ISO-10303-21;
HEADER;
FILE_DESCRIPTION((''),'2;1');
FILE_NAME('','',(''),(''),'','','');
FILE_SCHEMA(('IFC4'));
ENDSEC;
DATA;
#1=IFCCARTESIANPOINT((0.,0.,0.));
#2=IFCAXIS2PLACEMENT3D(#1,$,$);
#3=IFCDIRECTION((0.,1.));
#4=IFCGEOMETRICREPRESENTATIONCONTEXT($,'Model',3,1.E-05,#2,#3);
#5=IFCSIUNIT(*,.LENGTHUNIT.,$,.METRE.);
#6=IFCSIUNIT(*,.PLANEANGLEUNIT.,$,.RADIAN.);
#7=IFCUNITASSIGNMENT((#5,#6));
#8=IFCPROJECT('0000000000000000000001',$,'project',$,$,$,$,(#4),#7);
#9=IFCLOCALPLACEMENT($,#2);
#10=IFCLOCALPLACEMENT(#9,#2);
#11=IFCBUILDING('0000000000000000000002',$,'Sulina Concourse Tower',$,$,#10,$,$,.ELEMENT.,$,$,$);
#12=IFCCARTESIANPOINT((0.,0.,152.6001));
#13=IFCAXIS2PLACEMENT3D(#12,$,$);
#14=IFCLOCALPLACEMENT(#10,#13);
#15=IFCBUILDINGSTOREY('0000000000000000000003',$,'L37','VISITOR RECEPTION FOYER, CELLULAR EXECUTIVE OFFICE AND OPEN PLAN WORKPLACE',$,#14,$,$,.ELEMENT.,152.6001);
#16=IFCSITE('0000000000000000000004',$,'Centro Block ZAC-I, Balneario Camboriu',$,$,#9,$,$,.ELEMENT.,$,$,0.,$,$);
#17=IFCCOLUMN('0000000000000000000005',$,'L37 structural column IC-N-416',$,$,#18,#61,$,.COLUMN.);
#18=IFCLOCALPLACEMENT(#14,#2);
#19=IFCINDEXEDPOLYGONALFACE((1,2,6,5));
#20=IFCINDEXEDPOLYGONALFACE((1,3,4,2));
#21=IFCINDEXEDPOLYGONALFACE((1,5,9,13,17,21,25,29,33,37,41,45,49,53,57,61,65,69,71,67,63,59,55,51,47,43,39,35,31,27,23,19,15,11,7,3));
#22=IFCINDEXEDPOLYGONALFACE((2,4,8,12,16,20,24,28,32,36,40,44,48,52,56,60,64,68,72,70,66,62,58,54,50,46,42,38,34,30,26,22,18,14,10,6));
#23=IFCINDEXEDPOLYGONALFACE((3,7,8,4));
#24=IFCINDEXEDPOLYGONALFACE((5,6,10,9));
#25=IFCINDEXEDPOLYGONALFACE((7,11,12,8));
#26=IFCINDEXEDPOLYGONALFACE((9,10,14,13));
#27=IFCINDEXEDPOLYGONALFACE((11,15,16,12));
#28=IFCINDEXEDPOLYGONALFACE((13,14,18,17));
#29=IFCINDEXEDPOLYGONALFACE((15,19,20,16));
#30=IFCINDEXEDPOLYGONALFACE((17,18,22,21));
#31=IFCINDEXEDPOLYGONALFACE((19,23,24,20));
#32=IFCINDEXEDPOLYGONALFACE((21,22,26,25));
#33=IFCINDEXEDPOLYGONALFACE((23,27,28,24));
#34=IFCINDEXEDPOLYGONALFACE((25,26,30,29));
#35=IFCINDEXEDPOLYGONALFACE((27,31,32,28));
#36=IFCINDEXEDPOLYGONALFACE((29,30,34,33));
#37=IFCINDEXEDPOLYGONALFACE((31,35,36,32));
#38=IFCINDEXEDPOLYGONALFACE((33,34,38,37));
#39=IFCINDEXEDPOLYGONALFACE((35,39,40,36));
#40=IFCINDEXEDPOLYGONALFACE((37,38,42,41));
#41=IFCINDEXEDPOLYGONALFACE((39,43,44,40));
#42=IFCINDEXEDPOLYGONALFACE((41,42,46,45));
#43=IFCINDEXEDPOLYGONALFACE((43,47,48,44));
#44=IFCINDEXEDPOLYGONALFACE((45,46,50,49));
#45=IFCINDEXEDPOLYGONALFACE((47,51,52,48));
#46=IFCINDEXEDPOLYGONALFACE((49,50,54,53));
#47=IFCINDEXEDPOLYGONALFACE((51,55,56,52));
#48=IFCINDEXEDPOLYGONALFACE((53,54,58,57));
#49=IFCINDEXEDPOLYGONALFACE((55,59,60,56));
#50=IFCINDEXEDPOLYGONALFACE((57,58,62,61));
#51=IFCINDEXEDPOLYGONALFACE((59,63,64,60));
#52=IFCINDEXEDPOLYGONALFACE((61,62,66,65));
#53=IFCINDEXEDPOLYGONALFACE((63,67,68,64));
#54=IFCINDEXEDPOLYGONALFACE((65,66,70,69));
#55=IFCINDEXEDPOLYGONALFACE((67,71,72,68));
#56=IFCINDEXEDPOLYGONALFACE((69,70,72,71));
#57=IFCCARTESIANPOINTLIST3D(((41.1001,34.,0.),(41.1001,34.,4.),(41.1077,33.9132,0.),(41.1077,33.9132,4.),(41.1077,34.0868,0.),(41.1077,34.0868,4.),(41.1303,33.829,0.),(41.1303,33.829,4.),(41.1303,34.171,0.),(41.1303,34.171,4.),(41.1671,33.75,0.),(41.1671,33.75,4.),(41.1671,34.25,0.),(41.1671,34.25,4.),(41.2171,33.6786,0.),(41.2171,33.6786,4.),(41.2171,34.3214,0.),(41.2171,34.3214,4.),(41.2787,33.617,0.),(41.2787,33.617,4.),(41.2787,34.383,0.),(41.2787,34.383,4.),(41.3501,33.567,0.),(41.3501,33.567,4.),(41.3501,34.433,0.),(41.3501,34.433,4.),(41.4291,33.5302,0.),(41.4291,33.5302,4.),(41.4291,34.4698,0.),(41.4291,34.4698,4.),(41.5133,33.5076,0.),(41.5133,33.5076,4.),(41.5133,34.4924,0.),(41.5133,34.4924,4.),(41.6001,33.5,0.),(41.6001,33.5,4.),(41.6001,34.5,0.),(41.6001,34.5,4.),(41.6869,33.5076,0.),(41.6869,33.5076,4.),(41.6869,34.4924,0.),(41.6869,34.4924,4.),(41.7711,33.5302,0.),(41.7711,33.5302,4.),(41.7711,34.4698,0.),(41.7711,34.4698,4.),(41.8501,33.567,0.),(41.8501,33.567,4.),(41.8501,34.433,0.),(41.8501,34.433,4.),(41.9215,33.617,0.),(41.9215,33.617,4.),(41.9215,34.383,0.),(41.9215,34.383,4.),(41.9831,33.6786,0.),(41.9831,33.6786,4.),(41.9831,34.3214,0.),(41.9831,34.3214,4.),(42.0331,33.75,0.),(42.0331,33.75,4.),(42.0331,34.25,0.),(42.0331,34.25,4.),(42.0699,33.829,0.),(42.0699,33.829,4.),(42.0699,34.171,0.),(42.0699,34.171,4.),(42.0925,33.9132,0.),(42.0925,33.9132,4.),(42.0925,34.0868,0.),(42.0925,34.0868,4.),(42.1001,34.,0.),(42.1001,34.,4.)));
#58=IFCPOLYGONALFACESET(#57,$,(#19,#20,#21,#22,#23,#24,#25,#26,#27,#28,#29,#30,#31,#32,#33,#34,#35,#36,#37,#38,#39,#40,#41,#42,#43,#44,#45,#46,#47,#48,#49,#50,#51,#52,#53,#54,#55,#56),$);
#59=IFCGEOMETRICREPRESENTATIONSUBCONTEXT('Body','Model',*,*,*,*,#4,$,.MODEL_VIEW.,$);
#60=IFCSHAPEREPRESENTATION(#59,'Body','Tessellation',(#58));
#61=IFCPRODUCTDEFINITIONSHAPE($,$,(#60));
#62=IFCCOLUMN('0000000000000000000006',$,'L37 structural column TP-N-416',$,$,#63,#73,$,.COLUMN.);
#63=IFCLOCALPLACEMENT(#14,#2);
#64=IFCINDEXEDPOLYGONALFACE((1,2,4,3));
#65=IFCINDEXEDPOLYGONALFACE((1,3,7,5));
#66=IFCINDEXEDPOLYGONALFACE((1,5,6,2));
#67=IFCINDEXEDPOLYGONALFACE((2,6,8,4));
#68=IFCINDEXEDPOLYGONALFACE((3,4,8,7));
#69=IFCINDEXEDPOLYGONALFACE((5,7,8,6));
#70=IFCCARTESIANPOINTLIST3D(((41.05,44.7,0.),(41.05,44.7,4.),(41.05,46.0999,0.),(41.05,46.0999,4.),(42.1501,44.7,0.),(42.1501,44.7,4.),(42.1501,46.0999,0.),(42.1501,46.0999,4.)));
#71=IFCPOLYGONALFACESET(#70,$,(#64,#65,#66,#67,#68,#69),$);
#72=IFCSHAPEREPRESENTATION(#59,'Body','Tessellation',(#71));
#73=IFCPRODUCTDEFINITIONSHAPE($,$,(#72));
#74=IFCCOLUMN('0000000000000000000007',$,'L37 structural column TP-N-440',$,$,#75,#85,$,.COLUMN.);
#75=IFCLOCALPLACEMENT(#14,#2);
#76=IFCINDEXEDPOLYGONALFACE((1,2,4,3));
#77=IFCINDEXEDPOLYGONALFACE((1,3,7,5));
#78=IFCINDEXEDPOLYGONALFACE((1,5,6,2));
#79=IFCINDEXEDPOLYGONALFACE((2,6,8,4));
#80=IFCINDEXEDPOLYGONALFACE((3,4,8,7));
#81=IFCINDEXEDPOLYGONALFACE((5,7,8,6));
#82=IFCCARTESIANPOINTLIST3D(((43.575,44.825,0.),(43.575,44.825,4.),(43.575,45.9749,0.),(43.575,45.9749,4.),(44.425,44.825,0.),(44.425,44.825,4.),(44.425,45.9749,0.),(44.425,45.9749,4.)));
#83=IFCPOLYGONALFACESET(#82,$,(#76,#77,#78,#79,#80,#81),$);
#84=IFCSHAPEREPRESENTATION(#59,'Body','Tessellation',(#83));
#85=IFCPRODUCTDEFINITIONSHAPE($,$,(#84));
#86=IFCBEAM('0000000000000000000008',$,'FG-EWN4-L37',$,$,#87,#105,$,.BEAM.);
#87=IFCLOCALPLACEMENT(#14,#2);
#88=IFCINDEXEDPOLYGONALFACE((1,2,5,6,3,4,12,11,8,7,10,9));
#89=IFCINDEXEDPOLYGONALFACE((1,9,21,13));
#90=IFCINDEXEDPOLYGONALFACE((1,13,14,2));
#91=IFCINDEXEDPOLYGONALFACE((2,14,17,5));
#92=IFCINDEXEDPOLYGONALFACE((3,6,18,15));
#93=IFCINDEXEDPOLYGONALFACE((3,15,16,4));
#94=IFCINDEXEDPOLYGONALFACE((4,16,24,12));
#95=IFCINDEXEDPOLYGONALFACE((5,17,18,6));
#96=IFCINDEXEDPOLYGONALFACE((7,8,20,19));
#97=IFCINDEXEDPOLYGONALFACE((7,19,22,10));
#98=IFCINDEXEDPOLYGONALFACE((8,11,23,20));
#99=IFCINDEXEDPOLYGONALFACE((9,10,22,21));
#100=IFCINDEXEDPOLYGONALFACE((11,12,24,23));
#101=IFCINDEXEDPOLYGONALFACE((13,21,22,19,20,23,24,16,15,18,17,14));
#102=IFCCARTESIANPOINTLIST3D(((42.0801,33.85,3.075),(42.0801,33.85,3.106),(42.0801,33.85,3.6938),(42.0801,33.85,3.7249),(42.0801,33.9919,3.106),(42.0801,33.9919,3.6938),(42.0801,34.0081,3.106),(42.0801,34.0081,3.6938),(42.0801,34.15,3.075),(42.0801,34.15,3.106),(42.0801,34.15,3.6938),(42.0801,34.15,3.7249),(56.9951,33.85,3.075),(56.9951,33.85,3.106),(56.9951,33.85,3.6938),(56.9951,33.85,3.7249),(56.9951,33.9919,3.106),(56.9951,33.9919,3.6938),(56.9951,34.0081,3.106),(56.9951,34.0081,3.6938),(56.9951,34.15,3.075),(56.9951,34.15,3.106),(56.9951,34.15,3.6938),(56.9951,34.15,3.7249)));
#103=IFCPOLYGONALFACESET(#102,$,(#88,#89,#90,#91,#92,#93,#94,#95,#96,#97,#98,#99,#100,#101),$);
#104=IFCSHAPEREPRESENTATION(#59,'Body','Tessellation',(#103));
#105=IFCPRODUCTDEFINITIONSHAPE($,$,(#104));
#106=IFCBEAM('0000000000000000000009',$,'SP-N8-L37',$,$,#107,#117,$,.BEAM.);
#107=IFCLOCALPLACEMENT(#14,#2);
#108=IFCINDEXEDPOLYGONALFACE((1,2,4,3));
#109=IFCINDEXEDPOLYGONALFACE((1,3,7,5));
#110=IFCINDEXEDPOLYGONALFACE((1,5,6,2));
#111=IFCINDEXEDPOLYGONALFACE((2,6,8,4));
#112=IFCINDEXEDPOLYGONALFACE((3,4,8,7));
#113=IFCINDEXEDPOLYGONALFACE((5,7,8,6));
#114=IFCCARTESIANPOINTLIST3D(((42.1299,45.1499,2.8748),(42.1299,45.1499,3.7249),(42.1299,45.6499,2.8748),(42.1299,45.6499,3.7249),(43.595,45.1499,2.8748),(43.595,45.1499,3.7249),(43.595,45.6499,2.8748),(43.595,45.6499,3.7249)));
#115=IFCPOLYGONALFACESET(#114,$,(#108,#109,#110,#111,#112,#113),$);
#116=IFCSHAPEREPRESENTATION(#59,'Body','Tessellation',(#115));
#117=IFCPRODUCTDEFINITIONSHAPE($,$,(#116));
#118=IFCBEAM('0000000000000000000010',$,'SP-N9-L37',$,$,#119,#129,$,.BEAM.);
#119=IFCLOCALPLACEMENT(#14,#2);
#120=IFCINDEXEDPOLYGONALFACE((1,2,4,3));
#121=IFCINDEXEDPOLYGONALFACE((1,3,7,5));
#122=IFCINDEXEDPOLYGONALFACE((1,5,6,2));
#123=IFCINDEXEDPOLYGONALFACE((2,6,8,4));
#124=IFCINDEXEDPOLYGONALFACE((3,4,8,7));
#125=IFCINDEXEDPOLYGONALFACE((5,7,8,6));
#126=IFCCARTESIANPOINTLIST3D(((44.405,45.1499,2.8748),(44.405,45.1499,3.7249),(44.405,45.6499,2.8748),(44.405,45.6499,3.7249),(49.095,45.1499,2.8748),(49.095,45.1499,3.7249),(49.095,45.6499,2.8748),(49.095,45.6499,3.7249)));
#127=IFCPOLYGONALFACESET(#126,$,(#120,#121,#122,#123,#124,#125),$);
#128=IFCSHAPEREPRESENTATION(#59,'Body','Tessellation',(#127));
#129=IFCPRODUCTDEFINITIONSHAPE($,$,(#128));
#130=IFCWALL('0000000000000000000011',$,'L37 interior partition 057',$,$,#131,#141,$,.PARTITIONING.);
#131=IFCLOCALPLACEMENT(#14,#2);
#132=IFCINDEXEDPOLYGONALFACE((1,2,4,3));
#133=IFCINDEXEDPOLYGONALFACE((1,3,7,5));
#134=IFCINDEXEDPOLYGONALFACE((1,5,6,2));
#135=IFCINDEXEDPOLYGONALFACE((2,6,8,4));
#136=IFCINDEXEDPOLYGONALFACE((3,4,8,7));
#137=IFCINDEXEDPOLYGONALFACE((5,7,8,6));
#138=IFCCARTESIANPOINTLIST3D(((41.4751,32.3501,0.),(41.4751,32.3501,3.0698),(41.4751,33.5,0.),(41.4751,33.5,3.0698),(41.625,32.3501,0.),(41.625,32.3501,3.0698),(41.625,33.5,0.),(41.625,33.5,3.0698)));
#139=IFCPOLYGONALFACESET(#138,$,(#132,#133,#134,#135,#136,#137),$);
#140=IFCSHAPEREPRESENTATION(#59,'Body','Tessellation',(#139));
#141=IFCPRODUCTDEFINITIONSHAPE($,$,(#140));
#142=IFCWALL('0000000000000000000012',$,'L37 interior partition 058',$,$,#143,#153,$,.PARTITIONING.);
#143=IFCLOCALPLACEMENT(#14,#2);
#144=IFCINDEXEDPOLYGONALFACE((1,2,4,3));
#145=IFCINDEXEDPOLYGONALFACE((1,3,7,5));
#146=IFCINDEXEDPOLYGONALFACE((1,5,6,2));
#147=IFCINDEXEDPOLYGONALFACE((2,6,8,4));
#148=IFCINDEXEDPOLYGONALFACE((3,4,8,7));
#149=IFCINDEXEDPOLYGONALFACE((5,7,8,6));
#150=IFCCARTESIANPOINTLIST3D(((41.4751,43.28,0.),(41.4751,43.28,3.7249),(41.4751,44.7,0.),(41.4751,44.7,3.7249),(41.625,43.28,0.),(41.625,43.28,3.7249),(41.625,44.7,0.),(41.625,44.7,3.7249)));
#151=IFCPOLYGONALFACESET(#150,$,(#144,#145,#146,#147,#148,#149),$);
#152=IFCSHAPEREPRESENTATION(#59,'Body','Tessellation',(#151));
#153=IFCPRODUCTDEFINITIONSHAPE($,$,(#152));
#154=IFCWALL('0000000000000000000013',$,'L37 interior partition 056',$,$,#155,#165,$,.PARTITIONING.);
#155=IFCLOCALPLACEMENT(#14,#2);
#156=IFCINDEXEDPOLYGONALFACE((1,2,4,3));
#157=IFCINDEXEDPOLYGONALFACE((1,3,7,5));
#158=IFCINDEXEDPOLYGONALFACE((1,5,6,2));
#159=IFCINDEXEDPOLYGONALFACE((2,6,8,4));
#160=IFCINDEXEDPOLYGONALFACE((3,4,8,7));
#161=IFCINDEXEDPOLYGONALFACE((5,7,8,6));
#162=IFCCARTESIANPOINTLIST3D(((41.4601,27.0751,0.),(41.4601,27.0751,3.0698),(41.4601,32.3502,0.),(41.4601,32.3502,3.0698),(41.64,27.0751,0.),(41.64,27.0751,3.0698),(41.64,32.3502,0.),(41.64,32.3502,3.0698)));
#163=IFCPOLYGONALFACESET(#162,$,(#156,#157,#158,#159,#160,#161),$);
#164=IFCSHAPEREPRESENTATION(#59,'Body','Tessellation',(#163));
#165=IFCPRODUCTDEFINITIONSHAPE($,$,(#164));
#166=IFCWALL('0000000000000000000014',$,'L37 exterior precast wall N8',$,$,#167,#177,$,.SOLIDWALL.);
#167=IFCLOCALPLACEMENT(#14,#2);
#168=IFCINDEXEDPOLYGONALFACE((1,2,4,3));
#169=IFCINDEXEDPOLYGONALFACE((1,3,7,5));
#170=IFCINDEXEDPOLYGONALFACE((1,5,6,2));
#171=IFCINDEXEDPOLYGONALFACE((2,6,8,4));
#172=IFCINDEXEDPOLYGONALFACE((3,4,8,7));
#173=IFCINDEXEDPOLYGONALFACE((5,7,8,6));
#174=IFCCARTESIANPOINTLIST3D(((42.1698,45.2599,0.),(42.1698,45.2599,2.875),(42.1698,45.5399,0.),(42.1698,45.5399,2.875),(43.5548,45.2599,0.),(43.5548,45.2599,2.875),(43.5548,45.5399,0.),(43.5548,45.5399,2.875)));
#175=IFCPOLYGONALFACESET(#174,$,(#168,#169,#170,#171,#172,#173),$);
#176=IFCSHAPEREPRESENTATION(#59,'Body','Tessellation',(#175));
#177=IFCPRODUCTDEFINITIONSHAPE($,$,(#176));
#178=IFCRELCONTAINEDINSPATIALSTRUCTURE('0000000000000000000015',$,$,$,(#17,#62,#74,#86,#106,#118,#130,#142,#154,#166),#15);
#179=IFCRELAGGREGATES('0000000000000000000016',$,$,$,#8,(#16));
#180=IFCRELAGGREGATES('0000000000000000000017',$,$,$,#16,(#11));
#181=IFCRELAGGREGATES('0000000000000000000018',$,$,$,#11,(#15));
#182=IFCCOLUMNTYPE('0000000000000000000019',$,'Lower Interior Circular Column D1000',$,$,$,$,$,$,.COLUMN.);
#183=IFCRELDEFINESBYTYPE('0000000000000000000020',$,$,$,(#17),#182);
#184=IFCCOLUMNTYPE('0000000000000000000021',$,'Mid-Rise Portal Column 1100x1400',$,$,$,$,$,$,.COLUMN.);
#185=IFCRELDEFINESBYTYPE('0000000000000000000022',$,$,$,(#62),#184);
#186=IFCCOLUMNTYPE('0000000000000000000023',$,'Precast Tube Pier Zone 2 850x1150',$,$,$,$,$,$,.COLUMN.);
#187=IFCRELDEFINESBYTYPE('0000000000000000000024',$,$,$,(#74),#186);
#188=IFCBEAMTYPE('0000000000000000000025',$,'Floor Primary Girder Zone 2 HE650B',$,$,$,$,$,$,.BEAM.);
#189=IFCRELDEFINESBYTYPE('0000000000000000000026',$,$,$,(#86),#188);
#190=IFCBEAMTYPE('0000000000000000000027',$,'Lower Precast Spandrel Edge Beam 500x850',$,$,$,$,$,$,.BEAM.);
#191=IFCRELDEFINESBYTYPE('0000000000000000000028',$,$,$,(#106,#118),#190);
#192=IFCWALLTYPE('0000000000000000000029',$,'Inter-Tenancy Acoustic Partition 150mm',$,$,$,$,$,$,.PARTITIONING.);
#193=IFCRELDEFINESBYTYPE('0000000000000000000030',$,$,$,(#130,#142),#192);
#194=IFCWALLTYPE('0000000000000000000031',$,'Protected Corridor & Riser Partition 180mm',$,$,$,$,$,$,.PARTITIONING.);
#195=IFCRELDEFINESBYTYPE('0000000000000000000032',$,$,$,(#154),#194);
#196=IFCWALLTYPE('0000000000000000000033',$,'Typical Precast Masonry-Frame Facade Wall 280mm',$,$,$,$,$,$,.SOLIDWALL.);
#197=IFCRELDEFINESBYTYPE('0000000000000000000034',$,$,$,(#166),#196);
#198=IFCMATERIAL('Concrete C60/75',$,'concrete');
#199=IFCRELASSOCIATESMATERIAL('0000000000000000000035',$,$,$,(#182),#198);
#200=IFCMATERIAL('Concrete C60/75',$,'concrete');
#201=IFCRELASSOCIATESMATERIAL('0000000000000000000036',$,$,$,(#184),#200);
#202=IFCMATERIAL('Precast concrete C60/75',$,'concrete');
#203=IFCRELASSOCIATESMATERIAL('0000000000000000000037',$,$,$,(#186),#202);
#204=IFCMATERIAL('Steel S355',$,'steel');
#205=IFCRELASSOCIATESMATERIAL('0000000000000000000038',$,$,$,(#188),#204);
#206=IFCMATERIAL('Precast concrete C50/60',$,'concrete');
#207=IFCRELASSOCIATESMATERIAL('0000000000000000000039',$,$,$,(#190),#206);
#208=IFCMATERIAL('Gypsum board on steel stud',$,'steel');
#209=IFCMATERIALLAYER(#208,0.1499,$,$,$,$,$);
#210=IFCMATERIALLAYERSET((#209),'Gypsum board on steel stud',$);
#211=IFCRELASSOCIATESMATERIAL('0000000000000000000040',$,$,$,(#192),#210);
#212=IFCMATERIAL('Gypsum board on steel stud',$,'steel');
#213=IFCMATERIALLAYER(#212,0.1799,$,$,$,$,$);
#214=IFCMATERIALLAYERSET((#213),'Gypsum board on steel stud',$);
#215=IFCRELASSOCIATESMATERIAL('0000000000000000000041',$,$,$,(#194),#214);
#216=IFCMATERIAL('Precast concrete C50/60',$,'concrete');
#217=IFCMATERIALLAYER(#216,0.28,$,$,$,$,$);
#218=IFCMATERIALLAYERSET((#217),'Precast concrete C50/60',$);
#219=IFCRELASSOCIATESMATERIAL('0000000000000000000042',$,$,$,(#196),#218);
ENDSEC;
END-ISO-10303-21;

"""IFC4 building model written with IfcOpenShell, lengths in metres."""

from ifc_helpers import new_model, si_unit, direction, frame, frame_2d, origin, origin_2d, place, context, subcontext, project, spatial, rectangle, circle, i_section, extrude, material, layer, layer_set, material_profile, profile_set, type_object, element, save


model = new_model("IFC4")

# Units and contexts
model_context = context("Model", 3, precision=1e-05, world=origin(), true_north=direction((0.0, 1.0)))
body_context = subcontext(model_context, "Body", "Model", "MODEL_VIEW")
ifc_project = project(units=[si_unit("LENGTHUNIT", "METRE"), si_unit("PLANEANGLEUNIT", "RADIAN")], contexts=[model_context])

# Site, building, storey
site_placement = place(None, origin())
site = spatial("IfcSite", under=ifc_project, at=site_placement, Name="Centro Block ZAC-I, Balneario Camboriu", CompositionType="ELEMENT", RefElevation=0.0)
building_placement = place(site_placement, origin())
building = spatial("IfcBuilding", under=site, at=building_placement, Name="Sulina Concourse Tower", CompositionType="ELEMENT")
storey_placement = place(building_placement, frame((0.0, 0.0, 152.6001)))
storey = spatial("IfcBuildingStorey", under=building, at=storey_placement, Name="L37", Description="VISITOR RECEPTION FOYER, CELLULAR EXECUTIVE OFFICE AND OPEN PLAN WORKPLACE", CompositionType="ELEMENT", Elevation=152.6001)

# Columns
ifc_material_1 = material(Name="Concrete C60/75", Category="concrete")
ifc_material_profile_1 = material_profile(ifc_material_1, circle(Radius=0.5, at=origin_2d()), Name="RC D1000")
ifc_profile_set_1 = profile_set([ifc_material_profile_1], Name="Concrete C60/75")
column_type_1 = type_object("IfcColumnType", Name="Lower Interior Circular Column D1000", PredefinedType="COLUMN", material=ifc_profile_set_1)
column_1_placement = place(storey_placement, frame((41.6001, 34.0, 0.0), z_axis=(0.0, 0.0, 1.0), x_axis=(1.0, 0.0, 0.0)))
element("IfcColumn", 1, at=column_1_placement, inside=storey, type_object=column_type_1, Name="L37 structural column IC-N-416", PredefinedType="COLUMN", context=body_context, shape_type="SweptSolid", body=[
    extrude(circle(Radius=0.5, at=origin_2d()), origin(), (0.0, 0.0, 1.0), 4.0),
])
ifc_material_2 = material(Name="Concrete C60/75", Category="concrete")
ifc_material_profile_2 = material_profile(ifc_material_2, rectangle(XDim=1.1001, YDim=1.3999, at=origin_2d()), Name="RC 1100x1400")
ifc_profile_set_2 = profile_set([ifc_material_profile_2], Name="Concrete C60/75")
column_type_2 = type_object("IfcColumnType", Name="Mid-Rise Portal Column 1100x1400", PredefinedType="COLUMN", material=ifc_profile_set_2)
column_2_placement = place(storey_placement, frame((41.6001, 45.3999, 0.0), z_axis=(0.0, 0.0, 1.0), x_axis=(1.0, 0.0, 0.0)))
element("IfcColumn", 2, at=column_2_placement, inside=storey, type_object=column_type_2, Name="L37 structural column TP-N-416", PredefinedType="COLUMN", context=body_context, shape_type="SweptSolid", body=[
    extrude(rectangle(XDim=1.1001, YDim=1.3999, at=origin_2d()), origin(), (0.0, 0.0, 1.0), 4.0),
])
ifc_material_3 = material(Name="Precast concrete C60/75", Category="concrete")
ifc_material_profile_3 = material_profile(ifc_material_3, rectangle(XDim=0.8501, YDim=1.1499, at=origin_2d()), Name="PC 850x1150")
ifc_profile_set_3 = profile_set([ifc_material_profile_3], Name="Precast concrete C60/75")
column_type_3 = type_object("IfcColumnType", Name="Precast Tube Pier Zone 2 850x1150", PredefinedType="COLUMN", material=ifc_profile_set_3)
column_3_placement = place(storey_placement, frame((44.0, 45.3999, 0.0), z_axis=(0.0, 0.0, 1.0), x_axis=(1.0, 0.0, 0.0)))
element("IfcColumn", 3, at=column_3_placement, inside=storey, type_object=column_type_3, Name="L37 structural column TP-N-440", PredefinedType="COLUMN", context=body_context, shape_type="SweptSolid", body=[
    extrude(rectangle(XDim=0.8501, YDim=1.1499, at=origin_2d()), origin(), (0.0, 0.0, 1.0), 4.0),
])

# Beams
ifc_material_4 = material(Name="Steel S355", Category="steel")
ifc_material_profile_4 = material_profile(ifc_material_4, i_section(OverallWidth=0.3, OverallDepth=0.6499, WebThickness=0.0161, FlangeThickness=0.031, at=origin_2d()), Name="HE 650 B")
ifc_profile_set_4 = profile_set([ifc_material_profile_4], Name="Steel S355")
beam_type_1 = type_object("IfcBeamType", Name="Floor Primary Girder Zone 2 HE650B", PredefinedType="BEAM", material=ifc_profile_set_4)
beam_1_placement = place(storey_placement, frame((42.0801, 34.0, 3.3999), z_axis=(1.0, 0.0, 0.0), x_axis=(0.0, 1.0, 0.0)))
element("IfcBeam", 4, at=beam_1_placement, inside=storey, type_object=beam_type_1, Name="FG-EWN4-L37", PredefinedType="BEAM", context=body_context, shape_type="SweptSolid", body=[
    extrude(i_section(OverallWidth=0.3, OverallDepth=0.6499, WebThickness=0.0161, FlangeThickness=0.031, at=origin_2d()), origin(), (0.0, 0.0, 1.0), 14.915),
])
ifc_material_5 = material(Name="Precast concrete C50/60", Category="concrete")
ifc_material_profile_5 = material_profile(ifc_material_5, rectangle(XDim=0.5, YDim=0.8501, at=origin_2d()), Name="RC 500x850")
ifc_profile_set_5 = profile_set([ifc_material_profile_5], Name="Precast concrete C50/60")
beam_type_2 = type_object("IfcBeamType", Name="Lower Precast Spandrel Edge Beam 500x850", PredefinedType="BEAM", material=ifc_profile_set_5)
beam_2_placement = place(storey_placement, frame((42.1299, 45.3999, 3.2998), z_axis=(1.0, 0.0, 0.0), x_axis=(0.0, 1.0, 0.0)))
element("IfcBeam", 5, at=beam_2_placement, inside=storey, type_object=beam_type_2, Name="SP-N8-L37", PredefinedType="BEAM", context=body_context, shape_type="SweptSolid", body=[
    extrude(rectangle(XDim=0.5, YDim=0.8501, at=origin_2d()), origin(), (0.0, 0.0, 1.0), 1.4651),
])
beam_3_placement = place(storey_placement, frame((44.405, 45.3999, 3.2998), z_axis=(1.0, 0.0, 0.0), x_axis=(0.0, 1.0, 0.0)))
element("IfcBeam", 6, at=beam_3_placement, inside=storey, type_object=beam_type_2, Name="SP-N9-L37", PredefinedType="BEAM", context=body_context, shape_type="SweptSolid", body=[
    extrude(rectangle(XDim=0.5, YDim=0.8501, at=origin_2d()), origin(), (0.0, 0.0, 1.0), 4.6899),
])

# Walls
ifc_material_6 = material(Name="Gypsum board on steel stud", Category="steel")
ifc_layer_1 = layer(ifc_material_6, 0.1499)
ifc_layer_set_1 = layer_set([ifc_layer_1], Name="Gypsum board on steel stud")
wall_type_1 = type_object("IfcWallType", Name="Inter-Tenancy Acoustic Partition 150mm", PredefinedType="PARTITIONING", material=ifc_layer_set_1)
wall_1_placement = place(storey_placement, frame((41.55, 32.3501, 0.0), z_axis=(0.0, 0.0, 1.0), x_axis=(0.0, 1.0, 0.0)))
element("IfcWall", 7, at=wall_1_placement, inside=storey, type_object=wall_type_1, Name="L37 interior partition 057", PredefinedType="PARTITIONING", context=body_context, shape_type="SweptSolid", body=[
    extrude(rectangle(XDim=1.1499, YDim=0.1499, at=frame_2d((0.575, 0.0))), origin(), (0.0, 0.0, 1.0), 3.0698),
])
wall_2_placement = place(storey_placement, frame((41.55, 43.28, 0.0), z_axis=(0.0, 0.0, 1.0), x_axis=(0.0, 1.0, 0.0)))
element("IfcWall", 8, at=wall_2_placement, inside=storey, type_object=wall_type_1, Name="L37 interior partition 058", PredefinedType="PARTITIONING", context=body_context, shape_type="SweptSolid", body=[
    extrude(rectangle(XDim=1.4199, YDim=0.1499, at=frame_2d((0.71, 0.0))), origin(), (0.0, 0.0, 1.0), 3.7249),
])
ifc_material_7 = material(Name="Gypsum board on steel stud", Category="steel")
ifc_layer_2 = layer(ifc_material_7, 0.1799)
ifc_layer_set_2 = layer_set([ifc_layer_2], Name="Gypsum board on steel stud")
wall_type_2 = type_object("IfcWallType", Name="Protected Corridor & Riser Partition 180mm", PredefinedType="PARTITIONING", material=ifc_layer_set_2)
wall_3_placement = place(storey_placement, frame((41.55, 27.075, 0.0), z_axis=(0.0, 0.0, 1.0), x_axis=(0.0, 1.0, 0.0)))
element("IfcWall", 9, at=wall_3_placement, inside=storey, type_object=wall_type_2, Name="L37 interior partition 056", PredefinedType="PARTITIONING", context=body_context, shape_type="SweptSolid", body=[
    extrude(rectangle(XDim=5.2751, YDim=0.1799, at=frame_2d((2.6377, 0.0))), origin(), (0.0, 0.0, 1.0), 3.0698),
])
ifc_material_8 = material(Name="Precast concrete C50/60", Category="concrete")
ifc_layer_3 = layer(ifc_material_8, 0.28)
ifc_layer_set_3 = layer_set([ifc_layer_3], Name="Precast concrete C50/60")
wall_type_3 = type_object("IfcWallType", Name="Typical Precast Masonry-Frame Facade Wall 280mm", PredefinedType="SOLIDWALL", material=ifc_layer_set_3)
wall_4_placement = place(storey_placement, frame((42.1699, 45.3999, 0.0), z_axis=(0.0, 0.0, 1.0), x_axis=(1.0, 0.0, 0.0)))
element("IfcWall", 10, at=wall_4_placement, inside=storey, type_object=wall_type_3, Name="L37 exterior precast wall N8", PredefinedType="SOLIDWALL", context=body_context, shape_type="SweptSolid", body=[
    extrude(rectangle(XDim=1.385, YDim=0.28, at=frame_2d((0.6924, 0.0))), origin(), (0.0, 0.0, 1.0), 2.875),
])

save(model, "model.ifc")
